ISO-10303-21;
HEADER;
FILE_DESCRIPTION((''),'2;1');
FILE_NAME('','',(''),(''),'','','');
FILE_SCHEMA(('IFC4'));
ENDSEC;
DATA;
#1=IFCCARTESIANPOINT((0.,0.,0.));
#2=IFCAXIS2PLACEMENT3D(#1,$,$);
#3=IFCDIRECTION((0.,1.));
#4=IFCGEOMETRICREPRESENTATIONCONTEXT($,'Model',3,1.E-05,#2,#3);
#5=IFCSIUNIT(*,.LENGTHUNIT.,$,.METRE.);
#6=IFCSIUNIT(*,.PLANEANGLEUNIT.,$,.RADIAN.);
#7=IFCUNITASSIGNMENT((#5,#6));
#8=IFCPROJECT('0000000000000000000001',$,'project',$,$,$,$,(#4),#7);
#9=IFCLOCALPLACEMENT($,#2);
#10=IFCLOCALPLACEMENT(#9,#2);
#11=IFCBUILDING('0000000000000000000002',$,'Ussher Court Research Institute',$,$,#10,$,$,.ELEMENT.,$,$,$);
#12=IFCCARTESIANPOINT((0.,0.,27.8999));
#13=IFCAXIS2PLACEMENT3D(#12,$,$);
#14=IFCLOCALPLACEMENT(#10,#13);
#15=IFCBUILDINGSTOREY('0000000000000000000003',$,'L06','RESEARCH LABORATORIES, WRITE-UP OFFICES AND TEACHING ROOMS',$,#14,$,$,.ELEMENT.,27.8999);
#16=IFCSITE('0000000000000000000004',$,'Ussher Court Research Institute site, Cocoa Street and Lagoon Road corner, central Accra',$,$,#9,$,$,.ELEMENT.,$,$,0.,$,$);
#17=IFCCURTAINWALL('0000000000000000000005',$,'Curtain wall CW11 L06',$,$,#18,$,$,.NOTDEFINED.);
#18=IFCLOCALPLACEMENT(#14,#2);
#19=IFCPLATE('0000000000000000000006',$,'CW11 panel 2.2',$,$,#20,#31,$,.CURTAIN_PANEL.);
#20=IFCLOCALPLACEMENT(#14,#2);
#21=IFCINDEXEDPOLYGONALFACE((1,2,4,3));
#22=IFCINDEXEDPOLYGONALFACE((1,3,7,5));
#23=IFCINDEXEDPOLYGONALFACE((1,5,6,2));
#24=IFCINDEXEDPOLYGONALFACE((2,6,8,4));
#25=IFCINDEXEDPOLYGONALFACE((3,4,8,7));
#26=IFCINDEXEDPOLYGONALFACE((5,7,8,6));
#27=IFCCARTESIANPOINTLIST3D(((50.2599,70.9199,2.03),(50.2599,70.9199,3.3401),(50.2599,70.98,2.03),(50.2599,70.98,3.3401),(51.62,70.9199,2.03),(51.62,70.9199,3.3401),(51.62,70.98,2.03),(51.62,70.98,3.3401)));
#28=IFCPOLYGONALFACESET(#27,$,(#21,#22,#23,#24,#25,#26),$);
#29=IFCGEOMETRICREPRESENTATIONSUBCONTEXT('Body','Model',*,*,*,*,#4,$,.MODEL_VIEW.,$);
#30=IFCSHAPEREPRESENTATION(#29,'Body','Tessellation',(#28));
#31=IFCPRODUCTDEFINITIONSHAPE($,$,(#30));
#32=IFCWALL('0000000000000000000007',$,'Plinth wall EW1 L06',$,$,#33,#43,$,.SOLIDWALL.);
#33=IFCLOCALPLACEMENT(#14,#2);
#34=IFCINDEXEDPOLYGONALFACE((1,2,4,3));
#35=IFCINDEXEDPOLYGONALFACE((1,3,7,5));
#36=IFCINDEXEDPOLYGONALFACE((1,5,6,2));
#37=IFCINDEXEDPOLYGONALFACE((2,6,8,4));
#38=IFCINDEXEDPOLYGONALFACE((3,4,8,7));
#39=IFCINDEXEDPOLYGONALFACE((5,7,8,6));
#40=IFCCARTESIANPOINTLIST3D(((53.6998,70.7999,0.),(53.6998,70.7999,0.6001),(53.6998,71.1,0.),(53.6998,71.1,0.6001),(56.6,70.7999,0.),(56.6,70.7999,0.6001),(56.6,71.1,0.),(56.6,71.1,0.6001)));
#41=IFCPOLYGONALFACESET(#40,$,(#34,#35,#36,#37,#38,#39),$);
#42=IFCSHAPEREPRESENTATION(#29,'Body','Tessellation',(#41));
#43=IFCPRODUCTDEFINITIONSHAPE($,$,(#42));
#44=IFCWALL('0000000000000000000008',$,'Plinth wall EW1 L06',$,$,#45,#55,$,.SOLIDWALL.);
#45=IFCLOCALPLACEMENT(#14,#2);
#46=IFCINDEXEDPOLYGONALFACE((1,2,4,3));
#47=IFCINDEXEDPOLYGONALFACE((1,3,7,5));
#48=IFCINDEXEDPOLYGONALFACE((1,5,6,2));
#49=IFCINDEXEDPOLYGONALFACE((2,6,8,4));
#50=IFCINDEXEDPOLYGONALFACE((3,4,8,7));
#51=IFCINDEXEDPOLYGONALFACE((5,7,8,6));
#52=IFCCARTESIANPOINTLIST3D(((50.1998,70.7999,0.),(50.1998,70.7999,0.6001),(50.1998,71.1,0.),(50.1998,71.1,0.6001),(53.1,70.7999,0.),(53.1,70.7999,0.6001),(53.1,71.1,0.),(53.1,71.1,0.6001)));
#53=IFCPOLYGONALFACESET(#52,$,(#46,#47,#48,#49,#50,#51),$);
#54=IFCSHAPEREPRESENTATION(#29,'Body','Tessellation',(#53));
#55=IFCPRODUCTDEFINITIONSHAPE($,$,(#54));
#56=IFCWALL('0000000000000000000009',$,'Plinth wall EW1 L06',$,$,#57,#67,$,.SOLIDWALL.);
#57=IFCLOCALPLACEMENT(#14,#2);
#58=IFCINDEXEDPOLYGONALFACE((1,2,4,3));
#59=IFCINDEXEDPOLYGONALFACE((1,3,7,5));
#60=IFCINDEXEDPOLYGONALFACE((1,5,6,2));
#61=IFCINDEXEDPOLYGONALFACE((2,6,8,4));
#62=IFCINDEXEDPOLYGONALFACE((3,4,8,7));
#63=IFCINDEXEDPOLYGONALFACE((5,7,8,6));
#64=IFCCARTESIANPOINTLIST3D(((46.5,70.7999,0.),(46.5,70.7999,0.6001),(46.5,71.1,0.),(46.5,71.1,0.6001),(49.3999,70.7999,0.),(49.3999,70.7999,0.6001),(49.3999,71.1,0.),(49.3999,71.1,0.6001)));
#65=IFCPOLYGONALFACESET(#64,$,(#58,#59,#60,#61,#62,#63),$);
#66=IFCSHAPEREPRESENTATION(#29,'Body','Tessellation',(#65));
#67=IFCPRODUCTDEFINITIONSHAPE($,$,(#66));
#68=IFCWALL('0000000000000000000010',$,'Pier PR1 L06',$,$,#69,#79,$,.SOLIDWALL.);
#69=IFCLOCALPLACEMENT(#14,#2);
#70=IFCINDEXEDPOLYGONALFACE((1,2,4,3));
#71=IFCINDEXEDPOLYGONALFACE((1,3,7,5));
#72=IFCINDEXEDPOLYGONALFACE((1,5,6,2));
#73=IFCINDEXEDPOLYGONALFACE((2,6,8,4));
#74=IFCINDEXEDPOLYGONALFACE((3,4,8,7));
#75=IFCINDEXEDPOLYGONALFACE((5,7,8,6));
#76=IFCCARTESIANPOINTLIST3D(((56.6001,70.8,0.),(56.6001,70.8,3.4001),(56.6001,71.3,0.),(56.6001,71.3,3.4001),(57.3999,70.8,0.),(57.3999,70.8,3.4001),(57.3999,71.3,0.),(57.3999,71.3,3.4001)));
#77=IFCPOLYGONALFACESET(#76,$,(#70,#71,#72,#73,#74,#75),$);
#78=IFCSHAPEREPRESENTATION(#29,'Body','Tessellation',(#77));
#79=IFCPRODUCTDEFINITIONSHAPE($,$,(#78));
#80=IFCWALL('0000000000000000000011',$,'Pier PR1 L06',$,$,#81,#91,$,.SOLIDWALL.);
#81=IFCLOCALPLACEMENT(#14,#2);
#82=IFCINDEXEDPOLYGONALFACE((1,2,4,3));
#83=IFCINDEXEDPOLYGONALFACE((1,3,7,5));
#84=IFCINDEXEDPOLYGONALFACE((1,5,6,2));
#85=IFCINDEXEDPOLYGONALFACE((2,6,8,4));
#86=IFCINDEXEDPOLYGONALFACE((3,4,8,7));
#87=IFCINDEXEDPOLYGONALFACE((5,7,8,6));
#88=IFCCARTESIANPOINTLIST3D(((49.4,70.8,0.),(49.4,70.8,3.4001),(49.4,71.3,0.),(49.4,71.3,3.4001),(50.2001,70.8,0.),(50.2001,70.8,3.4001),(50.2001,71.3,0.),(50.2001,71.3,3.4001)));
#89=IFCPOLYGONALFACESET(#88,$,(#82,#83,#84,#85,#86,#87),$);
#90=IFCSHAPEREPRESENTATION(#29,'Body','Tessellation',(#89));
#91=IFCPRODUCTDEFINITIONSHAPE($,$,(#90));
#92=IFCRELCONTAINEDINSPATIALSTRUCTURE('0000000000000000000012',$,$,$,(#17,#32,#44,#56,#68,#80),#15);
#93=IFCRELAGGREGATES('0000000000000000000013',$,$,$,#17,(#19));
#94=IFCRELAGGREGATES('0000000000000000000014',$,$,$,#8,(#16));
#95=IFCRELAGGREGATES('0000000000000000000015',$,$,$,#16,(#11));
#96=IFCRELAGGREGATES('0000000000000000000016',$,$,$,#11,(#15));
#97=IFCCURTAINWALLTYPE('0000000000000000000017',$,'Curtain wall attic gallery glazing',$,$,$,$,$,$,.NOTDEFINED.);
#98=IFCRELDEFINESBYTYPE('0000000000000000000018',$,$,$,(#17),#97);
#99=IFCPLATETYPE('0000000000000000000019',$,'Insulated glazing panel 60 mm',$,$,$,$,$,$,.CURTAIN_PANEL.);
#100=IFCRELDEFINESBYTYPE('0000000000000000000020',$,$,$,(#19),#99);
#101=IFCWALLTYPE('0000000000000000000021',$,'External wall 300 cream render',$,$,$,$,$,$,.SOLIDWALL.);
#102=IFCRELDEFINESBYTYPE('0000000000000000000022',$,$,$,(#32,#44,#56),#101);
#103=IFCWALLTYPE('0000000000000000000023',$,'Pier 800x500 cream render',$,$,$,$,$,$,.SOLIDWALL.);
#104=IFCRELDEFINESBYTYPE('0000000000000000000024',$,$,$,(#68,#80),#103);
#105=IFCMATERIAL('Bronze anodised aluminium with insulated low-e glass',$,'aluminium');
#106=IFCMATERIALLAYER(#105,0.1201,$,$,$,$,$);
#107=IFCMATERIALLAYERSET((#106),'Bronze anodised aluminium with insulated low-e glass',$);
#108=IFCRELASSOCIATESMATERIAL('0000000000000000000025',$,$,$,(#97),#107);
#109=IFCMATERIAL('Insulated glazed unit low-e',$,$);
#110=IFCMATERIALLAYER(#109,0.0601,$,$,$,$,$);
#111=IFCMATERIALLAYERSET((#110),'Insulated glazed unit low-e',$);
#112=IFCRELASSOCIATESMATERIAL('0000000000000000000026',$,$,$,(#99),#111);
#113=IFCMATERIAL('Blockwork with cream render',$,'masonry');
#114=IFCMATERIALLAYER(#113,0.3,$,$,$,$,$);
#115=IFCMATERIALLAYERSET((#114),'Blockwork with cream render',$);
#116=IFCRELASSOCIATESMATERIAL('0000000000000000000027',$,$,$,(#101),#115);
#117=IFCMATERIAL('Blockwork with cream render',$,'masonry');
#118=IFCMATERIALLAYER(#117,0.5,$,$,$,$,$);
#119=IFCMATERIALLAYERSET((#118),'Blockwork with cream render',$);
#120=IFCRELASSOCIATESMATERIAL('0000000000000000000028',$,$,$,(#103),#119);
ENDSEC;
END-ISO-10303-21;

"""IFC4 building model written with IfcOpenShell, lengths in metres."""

from ifc_helpers import new_model, si_unit, direction, frame, frame_2d, origin, origin_2d, place, context, subcontext, project, spatial, rectangle, extrude, material, layer, layer_set, type_object, element, aggregate, save


model = new_model("IFC4")

# Units and contexts
model_context = context("Model", 3, precision=1e-05, world=origin(), true_north=direction((0.0, 1.0)))
body_context = subcontext(model_context, "Body", "Model", "MODEL_VIEW")
ifc_project = project(units=[si_unit("LENGTHUNIT", "METRE"), si_unit("PLANEANGLEUNIT", "RADIAN")], contexts=[model_context])

# Site, building, storey
site_placement = place(None, origin())
site = spatial("IfcSite", under=ifc_project, at=site_placement, Name="Ussher Court Research Institute site, Cocoa Street and Lagoon Road corner, central Accra", CompositionType="ELEMENT", RefElevation=0.0)
building_placement = place(site_placement, origin())
building = spatial("IfcBuilding", under=site, at=building_placement, Name="Ussher Court Research Institute", CompositionType="ELEMENT")
storey_placement = place(building_placement, frame((0.0, 0.0, 27.8999)))
storey = spatial("IfcBuildingStorey", under=building, at=storey_placement, Name="L06", Description="RESEARCH LABORATORIES, WRITE-UP OFFICES AND TEACHING ROOMS", CompositionType="ELEMENT", Elevation=27.8999)

# Curtain wall
ifc_material_1 = material(Name="Bronze anodised aluminium with insulated low-e glass", Category="aluminium")
ifc_layer_1 = layer(ifc_material_1, 0.1201)
ifc_layer_set_1 = layer_set([ifc_layer_1], Name="Bronze anodised aluminium with insulated low-e glass")
curtain_wall_type = type_object("IfcCurtainWallType", Name="Curtain wall attic gallery glazing", PredefinedType="NOTDEFINED", material=ifc_layer_set_1)
curtain_wall_1_placement = place(storey_placement, origin())
curtain_wall_1 = element("IfcCurtainWall", 1, at=curtain_wall_1_placement, inside=storey, type_object=curtain_wall_type, Name="Curtain wall CW11 L06", PredefinedType="NOTDEFINED")

# Plate
ifc_material_2 = material(Name="Insulated glazed unit low-e")
ifc_layer_2 = layer(ifc_material_2, 0.0601)
ifc_layer_set_2 = layer_set([ifc_layer_2], Name="Insulated glazed unit low-e")
plate_type = type_object("IfcPlateType", Name="Insulated glazing panel 60 mm", PredefinedType="CURTAIN_PANEL", material=ifc_layer_set_2)
plate_1_placement = place(storey_placement, frame((50.9399, 70.95, 2.03), z_axis=(0.0, 0.0, 1.0), x_axis=(-1.0, 0.0, 0.0)))
plate_1 = element("IfcPlate", 2, at=plate_1_placement, type_object=plate_type, Name="CW11 panel 2.2", PredefinedType="CURTAIN_PANEL", context=body_context, shape_type="SweptSolid", body=[
    extrude(rectangle(XDim=1.3601, YDim=0.0601, at=origin_2d()), origin(), (0.0, 0.0, 1.0), 1.3101),
])
aggregate(curtain_wall_1, [plate_1])

# Walls
ifc_material_3 = material(Name="Blockwork with cream render", Category="masonry")
ifc_layer_3 = layer(ifc_material_3, 0.3)
ifc_layer_set_3 = layer_set([ifc_layer_3], Name="Blockwork with cream render")
wall_type_1 = type_object("IfcWallType", Name="External wall 300 cream render", PredefinedType="SOLIDWALL", material=ifc_layer_set_3)
for number, where, z_axis, x_axis, name in (
    (3, (56.6001, 70.95, 0.0), (0.0, 0.0, 1.0), (-1.0, 0.0, 0.0), "Plinth wall EW1 L06"),
    (4, (53.1001, 70.95, 0.0), (0.0, 0.0, 1.0), (-1.0, 0.0, 0.0), "Plinth wall EW1 L06"),
):
    element("IfcWall", number, at=place(storey_placement, frame(where, z_axis=z_axis, x_axis=x_axis)), inside=storey, type_object=wall_type_1, Name=name, PredefinedType="SOLIDWALL", context=body_context, shape_type="SweptSolid", body=[
        extrude(rectangle(XDim=2.9001, YDim=0.3, at=frame_2d((1.4502, 0.0))), origin(), (0.0, 0.0, 1.0), 0.6001),
    ])
wall_1_placement = place(storey_placement, frame((49.3999, 70.95, 0.0), z_axis=(0.0, 0.0, 1.0), x_axis=(-1.0, 0.0, 0.0)))
element("IfcWall", 5, at=wall_1_placement, inside=storey, type_object=wall_type_1, Name="Plinth wall EW1 L06", PredefinedType="SOLIDWALL", context=body_context, shape_type="SweptSolid", body=[
    extrude(rectangle(XDim=2.8999, YDim=0.3, at=frame_2d((1.45, 0.0))), origin(), (0.0, 0.0, 1.0), 0.6001),
])
ifc_material_4 = material(Name="Blockwork with cream render", Category="masonry")
ifc_layer_4 = layer(ifc_material_4, 0.5)
ifc_layer_set_4 = layer_set([ifc_layer_4], Name="Blockwork with cream render")
wall_type_2 = type_object("IfcWallType", Name="Pier 800x500 cream render", PredefinedType="SOLIDWALL", material=ifc_layer_set_4)
wall_2_placement = place(storey_placement, frame((57.3999, 71.05, 0.0), z_axis=(0.0, 0.0, 1.0), x_axis=(-1.0, 0.0, 0.0)))
element("IfcWall", 6, at=wall_2_placement, inside=storey, type_object=wall_type_2, Name="Pier PR1 L06", PredefinedType="SOLIDWALL", context=body_context, shape_type="SweptSolid", body=[
    extrude(rectangle(XDim=0.7998, YDim=0.5, at=frame_2d((0.3999, 0.0))), origin(), (0.0, 0.0, 1.0), 3.4001),
])
wall_3_placement = place(storey_placement, frame((50.2, 71.05, 0.0), z_axis=(0.0, 0.0, 1.0), x_axis=(-1.0, 0.0, 0.0)))
element("IfcWall", 7, at=wall_3_placement, inside=storey, type_object=wall_type_2, Name="Pier PR1 L06", PredefinedType="SOLIDWALL", context=body_context, shape_type="SweptSolid", body=[
    extrude(rectangle(XDim=0.8, YDim=0.5, at=frame_2d((0.3999, 0.0))), origin(), (0.0, 0.0, 1.0), 3.4001),
])

save(model, "model.ifc")
